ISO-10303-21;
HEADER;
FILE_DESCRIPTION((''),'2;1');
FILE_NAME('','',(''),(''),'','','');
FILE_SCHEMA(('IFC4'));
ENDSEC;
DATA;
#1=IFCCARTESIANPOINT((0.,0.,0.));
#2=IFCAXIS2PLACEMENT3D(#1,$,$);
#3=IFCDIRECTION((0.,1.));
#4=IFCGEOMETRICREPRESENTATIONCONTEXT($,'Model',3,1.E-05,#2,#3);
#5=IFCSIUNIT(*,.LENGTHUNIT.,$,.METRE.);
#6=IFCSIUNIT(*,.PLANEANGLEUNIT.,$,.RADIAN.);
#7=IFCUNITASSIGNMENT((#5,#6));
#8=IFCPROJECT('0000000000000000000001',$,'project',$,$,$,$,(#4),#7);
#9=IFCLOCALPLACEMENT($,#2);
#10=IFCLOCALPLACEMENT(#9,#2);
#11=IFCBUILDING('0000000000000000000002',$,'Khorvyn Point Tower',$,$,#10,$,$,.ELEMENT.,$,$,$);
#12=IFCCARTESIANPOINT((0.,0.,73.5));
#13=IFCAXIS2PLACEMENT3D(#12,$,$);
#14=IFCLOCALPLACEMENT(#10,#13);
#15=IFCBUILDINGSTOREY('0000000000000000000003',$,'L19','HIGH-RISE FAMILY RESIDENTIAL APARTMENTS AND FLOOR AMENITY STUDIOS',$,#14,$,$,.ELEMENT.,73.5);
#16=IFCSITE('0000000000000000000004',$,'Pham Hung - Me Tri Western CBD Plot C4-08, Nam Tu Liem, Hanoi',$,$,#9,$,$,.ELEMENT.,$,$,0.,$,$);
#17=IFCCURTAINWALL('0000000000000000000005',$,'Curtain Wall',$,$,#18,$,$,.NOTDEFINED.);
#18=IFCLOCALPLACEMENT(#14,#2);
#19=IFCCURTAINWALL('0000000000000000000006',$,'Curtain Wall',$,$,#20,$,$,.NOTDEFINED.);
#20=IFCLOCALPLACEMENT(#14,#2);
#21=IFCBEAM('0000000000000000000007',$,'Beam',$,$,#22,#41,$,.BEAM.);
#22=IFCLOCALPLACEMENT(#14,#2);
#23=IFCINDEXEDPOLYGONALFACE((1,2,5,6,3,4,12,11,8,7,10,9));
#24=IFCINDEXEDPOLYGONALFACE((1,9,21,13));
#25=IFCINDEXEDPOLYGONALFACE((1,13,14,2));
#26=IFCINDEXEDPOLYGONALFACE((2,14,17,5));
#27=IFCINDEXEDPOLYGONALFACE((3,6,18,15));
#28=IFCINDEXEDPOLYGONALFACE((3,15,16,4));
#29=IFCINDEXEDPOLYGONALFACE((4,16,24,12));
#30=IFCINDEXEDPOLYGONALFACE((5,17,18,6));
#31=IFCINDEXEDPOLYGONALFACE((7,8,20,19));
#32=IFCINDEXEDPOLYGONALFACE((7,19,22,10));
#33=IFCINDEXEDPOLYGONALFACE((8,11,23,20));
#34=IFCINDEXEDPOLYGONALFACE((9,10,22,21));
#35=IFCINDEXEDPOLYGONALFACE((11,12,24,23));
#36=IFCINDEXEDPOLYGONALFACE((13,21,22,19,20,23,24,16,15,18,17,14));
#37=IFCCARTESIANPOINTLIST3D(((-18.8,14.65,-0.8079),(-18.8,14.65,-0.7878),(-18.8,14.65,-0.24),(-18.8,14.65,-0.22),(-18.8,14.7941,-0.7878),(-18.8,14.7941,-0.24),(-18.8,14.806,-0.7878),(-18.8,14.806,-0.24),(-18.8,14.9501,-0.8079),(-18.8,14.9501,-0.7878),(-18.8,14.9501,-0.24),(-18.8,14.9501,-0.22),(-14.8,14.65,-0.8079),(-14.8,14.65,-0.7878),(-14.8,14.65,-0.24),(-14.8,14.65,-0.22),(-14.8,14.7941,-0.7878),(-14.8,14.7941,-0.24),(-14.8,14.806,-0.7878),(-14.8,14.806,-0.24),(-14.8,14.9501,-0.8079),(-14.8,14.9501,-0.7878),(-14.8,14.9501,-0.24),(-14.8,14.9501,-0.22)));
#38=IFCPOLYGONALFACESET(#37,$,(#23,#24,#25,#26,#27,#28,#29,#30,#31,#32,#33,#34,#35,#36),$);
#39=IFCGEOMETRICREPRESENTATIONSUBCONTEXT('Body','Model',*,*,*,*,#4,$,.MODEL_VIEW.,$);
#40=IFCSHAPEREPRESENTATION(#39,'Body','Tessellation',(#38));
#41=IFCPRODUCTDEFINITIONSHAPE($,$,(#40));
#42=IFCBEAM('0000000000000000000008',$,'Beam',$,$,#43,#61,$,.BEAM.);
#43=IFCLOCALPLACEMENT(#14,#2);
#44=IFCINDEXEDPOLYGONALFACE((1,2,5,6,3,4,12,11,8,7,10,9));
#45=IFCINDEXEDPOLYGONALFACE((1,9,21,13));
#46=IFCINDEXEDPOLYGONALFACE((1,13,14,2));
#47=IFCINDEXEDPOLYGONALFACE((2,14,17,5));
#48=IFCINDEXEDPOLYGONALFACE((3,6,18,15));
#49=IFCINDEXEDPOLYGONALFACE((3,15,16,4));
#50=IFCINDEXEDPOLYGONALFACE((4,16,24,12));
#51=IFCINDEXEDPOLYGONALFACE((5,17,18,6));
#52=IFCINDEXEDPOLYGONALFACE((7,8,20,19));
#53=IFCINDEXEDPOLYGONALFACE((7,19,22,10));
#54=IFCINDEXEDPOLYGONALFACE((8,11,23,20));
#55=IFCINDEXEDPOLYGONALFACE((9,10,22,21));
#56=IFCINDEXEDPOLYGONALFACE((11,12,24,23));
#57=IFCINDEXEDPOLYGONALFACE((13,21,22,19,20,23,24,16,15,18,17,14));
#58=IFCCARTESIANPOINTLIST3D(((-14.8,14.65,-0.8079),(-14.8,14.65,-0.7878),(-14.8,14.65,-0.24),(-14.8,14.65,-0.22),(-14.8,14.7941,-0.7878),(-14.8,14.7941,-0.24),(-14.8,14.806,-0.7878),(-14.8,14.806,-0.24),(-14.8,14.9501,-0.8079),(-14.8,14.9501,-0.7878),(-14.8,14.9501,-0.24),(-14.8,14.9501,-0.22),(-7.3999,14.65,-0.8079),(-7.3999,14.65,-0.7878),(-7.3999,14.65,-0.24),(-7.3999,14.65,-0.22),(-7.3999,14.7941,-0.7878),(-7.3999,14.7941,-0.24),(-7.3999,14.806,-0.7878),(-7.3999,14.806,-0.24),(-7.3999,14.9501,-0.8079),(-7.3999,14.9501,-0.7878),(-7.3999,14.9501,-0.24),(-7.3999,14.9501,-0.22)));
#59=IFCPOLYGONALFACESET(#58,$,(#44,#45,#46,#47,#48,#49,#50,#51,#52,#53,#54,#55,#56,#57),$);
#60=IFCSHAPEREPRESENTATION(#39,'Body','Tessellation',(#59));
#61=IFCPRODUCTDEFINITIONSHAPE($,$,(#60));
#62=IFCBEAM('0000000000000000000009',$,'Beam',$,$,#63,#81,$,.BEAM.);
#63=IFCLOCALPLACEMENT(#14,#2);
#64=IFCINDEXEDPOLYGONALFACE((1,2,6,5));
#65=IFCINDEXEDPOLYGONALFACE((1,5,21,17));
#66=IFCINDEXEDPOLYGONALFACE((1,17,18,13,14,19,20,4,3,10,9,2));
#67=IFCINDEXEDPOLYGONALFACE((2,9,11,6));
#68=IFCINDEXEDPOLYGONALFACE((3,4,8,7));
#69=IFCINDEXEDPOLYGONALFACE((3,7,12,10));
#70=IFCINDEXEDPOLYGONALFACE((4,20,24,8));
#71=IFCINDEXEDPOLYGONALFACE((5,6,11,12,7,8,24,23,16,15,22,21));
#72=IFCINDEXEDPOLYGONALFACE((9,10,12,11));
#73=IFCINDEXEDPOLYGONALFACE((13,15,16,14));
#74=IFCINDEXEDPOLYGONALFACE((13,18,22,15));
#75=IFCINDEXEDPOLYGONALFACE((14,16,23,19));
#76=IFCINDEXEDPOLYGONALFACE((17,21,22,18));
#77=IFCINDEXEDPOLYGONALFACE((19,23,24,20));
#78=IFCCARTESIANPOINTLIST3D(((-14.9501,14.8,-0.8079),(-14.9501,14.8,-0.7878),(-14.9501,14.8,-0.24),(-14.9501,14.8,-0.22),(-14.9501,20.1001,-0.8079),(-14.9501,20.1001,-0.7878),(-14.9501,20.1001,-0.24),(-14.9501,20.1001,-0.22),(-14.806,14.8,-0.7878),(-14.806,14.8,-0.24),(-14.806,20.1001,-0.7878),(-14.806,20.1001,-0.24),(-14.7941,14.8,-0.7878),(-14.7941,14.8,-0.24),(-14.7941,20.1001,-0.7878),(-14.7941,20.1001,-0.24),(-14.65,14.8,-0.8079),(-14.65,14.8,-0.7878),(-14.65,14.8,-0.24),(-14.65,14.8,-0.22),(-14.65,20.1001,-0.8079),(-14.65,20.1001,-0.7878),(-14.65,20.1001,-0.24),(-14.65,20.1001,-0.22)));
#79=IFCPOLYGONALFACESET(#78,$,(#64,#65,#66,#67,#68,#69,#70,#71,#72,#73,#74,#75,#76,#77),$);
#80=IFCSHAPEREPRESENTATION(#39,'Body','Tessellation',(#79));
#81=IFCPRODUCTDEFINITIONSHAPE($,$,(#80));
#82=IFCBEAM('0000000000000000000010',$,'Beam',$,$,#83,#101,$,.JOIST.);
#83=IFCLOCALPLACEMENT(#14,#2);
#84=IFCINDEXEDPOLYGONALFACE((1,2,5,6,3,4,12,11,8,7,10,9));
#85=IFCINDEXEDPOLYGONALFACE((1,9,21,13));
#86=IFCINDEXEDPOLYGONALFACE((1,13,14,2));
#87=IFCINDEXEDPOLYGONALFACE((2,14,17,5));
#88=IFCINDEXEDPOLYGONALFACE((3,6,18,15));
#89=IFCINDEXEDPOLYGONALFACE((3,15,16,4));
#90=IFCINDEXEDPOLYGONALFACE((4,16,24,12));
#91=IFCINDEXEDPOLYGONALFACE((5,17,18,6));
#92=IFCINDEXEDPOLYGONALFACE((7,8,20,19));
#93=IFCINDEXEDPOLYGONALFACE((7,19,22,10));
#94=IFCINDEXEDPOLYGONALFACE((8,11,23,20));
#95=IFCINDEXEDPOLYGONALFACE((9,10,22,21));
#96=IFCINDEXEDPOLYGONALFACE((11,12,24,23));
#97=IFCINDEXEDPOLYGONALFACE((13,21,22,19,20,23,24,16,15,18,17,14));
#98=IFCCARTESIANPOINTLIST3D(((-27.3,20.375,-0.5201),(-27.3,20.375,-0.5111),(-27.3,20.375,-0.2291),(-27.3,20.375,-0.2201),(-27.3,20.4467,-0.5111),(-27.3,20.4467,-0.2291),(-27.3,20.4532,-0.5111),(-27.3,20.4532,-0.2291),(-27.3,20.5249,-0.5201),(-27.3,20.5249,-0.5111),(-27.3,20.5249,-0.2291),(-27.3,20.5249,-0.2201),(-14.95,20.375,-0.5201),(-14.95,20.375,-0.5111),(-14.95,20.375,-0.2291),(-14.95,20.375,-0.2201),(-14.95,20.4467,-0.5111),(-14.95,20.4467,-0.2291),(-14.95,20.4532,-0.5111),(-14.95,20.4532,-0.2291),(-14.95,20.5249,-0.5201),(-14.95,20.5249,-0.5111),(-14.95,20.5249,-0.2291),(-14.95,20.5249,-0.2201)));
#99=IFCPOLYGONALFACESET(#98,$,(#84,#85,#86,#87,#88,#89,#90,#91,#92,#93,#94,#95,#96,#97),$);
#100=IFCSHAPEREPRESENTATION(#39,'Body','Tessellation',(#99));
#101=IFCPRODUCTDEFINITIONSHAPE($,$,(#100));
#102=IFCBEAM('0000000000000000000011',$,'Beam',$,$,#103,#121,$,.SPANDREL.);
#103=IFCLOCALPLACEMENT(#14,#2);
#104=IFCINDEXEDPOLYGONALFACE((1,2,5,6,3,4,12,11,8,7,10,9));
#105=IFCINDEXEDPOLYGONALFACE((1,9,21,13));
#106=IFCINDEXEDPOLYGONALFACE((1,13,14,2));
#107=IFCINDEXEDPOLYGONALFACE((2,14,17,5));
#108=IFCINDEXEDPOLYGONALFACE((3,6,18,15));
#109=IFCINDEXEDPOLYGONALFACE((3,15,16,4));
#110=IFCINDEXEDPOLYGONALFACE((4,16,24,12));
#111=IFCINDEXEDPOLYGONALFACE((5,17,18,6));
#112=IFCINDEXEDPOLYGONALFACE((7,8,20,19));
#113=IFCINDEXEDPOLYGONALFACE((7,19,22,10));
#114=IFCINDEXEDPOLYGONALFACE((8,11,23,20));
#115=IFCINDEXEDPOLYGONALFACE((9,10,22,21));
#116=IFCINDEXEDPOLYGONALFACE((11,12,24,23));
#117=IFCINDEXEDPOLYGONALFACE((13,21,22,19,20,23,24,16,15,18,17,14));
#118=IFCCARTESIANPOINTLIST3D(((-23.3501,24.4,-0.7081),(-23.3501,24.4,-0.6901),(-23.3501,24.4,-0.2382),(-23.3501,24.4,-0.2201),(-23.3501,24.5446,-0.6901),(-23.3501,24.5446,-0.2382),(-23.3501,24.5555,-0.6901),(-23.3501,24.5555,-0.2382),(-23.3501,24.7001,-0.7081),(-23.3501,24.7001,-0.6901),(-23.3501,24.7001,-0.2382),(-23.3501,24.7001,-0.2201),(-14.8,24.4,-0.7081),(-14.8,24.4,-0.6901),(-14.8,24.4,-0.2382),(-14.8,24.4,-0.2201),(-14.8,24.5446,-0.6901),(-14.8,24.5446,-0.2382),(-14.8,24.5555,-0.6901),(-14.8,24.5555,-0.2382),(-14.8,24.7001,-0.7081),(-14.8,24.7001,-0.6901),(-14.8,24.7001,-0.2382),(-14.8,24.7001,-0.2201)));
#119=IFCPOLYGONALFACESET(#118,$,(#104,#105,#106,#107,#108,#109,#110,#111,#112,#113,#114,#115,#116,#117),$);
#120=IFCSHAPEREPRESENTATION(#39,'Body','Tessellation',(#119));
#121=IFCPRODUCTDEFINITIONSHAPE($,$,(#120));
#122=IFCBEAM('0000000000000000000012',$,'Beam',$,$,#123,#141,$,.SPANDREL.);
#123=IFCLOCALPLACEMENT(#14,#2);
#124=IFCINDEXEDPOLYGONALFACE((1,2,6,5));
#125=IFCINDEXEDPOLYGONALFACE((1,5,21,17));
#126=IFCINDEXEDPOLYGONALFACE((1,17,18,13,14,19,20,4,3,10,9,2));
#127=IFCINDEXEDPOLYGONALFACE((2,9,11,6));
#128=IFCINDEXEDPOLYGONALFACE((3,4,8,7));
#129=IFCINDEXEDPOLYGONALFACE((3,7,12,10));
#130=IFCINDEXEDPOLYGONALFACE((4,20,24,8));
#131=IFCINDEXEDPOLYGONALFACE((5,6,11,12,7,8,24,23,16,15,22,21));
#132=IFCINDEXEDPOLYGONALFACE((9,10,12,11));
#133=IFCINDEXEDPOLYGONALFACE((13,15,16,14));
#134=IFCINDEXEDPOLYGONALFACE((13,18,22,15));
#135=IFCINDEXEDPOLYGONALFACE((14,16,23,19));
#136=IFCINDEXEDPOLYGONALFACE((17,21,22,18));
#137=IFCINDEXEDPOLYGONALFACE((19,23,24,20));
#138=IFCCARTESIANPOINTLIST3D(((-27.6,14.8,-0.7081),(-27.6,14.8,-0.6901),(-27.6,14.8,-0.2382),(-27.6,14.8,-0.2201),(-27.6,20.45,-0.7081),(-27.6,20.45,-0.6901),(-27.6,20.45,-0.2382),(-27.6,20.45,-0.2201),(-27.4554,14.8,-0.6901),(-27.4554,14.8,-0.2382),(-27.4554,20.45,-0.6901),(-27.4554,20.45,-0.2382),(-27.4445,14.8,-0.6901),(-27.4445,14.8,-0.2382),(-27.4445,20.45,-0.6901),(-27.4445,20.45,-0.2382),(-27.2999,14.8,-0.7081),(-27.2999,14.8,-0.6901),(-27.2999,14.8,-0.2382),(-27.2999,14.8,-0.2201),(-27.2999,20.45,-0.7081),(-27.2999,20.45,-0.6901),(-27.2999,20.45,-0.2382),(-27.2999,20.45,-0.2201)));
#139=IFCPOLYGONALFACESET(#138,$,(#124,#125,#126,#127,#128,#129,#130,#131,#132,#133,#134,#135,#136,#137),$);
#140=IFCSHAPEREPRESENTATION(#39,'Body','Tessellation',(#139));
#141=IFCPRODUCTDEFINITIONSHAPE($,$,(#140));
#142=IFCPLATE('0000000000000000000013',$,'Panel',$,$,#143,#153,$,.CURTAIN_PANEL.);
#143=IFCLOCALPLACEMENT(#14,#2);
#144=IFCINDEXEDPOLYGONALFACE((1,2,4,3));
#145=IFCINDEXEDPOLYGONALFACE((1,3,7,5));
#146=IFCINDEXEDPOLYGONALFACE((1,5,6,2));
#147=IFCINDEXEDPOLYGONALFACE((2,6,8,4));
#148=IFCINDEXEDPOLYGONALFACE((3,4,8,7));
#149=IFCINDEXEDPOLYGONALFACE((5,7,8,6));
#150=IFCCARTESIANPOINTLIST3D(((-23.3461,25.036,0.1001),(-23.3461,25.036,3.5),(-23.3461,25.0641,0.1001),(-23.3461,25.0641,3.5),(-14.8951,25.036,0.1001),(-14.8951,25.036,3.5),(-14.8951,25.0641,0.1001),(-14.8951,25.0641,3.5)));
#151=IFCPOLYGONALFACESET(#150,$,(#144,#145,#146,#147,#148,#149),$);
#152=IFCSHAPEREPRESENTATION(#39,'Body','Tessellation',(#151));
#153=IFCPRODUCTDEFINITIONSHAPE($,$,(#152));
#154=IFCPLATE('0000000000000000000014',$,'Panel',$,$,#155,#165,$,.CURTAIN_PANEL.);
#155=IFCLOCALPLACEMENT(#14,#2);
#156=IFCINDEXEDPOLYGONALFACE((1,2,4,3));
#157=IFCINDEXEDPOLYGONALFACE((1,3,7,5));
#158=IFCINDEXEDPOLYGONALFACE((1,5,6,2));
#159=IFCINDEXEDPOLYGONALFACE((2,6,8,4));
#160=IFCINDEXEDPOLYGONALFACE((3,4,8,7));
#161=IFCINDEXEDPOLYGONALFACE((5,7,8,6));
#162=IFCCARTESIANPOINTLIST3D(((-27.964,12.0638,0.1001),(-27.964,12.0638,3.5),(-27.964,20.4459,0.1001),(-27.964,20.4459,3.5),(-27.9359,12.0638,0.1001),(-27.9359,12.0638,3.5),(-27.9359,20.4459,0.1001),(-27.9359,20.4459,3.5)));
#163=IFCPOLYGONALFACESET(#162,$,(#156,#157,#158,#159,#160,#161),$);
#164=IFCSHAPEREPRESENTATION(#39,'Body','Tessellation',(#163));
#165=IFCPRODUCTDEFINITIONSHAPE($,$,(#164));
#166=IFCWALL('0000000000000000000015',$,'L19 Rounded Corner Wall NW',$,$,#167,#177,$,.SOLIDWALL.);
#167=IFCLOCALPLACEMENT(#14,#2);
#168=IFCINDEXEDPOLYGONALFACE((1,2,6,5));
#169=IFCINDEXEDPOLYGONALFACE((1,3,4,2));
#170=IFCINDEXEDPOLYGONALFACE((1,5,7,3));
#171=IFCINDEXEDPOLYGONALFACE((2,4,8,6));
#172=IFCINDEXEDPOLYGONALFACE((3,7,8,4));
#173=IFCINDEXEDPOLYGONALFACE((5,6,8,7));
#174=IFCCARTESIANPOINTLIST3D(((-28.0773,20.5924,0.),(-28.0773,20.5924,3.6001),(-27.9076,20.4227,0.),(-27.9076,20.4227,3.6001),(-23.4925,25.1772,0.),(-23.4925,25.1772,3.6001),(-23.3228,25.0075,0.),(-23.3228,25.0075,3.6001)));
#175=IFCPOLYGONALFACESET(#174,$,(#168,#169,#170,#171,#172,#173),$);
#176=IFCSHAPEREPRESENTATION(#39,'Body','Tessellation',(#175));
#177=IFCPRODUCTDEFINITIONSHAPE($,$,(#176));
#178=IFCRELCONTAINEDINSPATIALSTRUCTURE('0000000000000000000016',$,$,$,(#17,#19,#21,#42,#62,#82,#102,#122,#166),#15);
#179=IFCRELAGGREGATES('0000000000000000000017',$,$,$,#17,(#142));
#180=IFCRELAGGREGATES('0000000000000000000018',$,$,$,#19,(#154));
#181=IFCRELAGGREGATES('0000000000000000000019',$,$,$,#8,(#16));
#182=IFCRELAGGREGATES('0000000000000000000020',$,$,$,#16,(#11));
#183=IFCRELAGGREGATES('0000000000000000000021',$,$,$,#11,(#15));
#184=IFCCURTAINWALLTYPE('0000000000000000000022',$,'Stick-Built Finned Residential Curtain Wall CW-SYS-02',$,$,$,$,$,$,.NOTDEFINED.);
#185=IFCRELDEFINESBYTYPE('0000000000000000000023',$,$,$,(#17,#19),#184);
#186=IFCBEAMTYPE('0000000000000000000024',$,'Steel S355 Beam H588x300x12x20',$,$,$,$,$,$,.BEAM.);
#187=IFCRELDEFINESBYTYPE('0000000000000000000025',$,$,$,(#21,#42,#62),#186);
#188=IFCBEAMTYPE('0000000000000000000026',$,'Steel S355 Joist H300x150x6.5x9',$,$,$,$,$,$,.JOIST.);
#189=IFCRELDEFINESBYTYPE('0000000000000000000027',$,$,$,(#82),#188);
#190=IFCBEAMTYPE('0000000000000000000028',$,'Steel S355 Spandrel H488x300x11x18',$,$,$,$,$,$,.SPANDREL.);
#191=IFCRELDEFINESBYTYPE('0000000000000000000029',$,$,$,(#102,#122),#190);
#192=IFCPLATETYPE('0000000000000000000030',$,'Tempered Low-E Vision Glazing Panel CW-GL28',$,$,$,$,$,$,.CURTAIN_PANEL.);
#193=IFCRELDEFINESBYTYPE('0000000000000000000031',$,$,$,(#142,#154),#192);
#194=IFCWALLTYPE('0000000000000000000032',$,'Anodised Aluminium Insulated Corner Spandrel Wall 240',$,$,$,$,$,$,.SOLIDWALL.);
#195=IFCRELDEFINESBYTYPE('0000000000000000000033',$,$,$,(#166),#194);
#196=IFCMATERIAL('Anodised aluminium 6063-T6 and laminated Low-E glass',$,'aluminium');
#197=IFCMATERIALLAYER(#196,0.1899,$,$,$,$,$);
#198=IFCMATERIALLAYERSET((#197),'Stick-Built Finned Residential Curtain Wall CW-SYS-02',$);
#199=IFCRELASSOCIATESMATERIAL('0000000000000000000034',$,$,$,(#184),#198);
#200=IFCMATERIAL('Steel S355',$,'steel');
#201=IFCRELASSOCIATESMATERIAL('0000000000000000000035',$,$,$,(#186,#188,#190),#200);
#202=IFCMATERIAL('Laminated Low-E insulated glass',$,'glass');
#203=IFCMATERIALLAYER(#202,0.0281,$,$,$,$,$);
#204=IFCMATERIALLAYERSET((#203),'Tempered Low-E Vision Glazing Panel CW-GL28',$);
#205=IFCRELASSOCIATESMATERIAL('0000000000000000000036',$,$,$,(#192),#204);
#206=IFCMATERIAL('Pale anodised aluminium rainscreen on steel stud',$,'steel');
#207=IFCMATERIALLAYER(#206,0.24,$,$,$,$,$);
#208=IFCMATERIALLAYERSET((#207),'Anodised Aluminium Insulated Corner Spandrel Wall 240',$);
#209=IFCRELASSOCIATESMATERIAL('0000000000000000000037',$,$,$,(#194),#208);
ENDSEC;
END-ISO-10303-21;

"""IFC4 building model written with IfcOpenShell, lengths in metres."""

from ifc_helpers import new_model, si_unit, direction, frame, frame_2d, origin, origin_2d, place, context, subcontext, project, spatial, rectangle, i_section, extrude, material, layer, layer_set, material_profile, profile_set, type_object, element, aggregate, save


model = new_model("IFC4")

# Units and contexts
model_context = context("Model", 3, precision=1e-05, world=origin(), true_north=direction((0.0, 1.0)))
body_context = subcontext(model_context, "Body", "Model", "MODEL_VIEW")
ifc_project = project(units=[si_unit("LENGTHUNIT", "METRE"), si_unit("PLANEANGLEUNIT", "RADIAN")], contexts=[model_context])

# Site, building, storey
site_placement = place(None, origin())
site = spatial("IfcSite", under=ifc_project, at=site_placement, Name="Pham Hung - Me Tri Western CBD Plot C4-08, Nam Tu Liem, Hanoi", CompositionType="ELEMENT", RefElevation=0.0)
building_placement = place(site_placement, origin())
building = spatial("IfcBuilding", under=site, at=building_placement, Name="Khorvyn Point Tower", CompositionType="ELEMENT")
storey_placement = place(building_placement, frame((0.0, 0.0, 73.5)))
storey = spatial("IfcBuildingStorey", under=building, at=storey_placement, Name="L19", Description="HIGH-RISE FAMILY RESIDENTIAL APARTMENTS AND FLOOR AMENITY STUDIOS", CompositionType="ELEMENT", Elevation=73.5)

# Curtain walls
ifc_material_1 = material(Name="Anodised aluminium 6063-T6 and laminated Low-E glass", Category="aluminium")
ifc_layer_1 = layer(ifc_material_1, 0.1899)
ifc_layer_set_1 = layer_set([ifc_layer_1], Name="Stick-Built Finned Residential Curtain Wall CW-SYS-02")
curtain_wall_type = type_object("IfcCurtainWallType", Name="Stick-Built Finned Residential Curtain Wall CW-SYS-02", PredefinedType="NOTDEFINED", material=ifc_layer_set_1)
curtain_wall_1_placement = place(storey_placement, origin())
curtain_wall_1 = element("IfcCurtainWall", 1, at=curtain_wall_1_placement, inside=storey, type_object=curtain_wall_type, Name="Curtain Wall", PredefinedType="NOTDEFINED")
curtain_wall_2_placement = place(storey_placement, origin())
curtain_wall_2 = element("IfcCurtainWall", 2, at=curtain_wall_2_placement, inside=storey, type_object=curtain_wall_type, Name="Curtain Wall", PredefinedType="NOTDEFINED")

# Beams
ifc_material_2 = material(Name="Steel S355", Category="steel")
ifc_material_profile_1 = material_profile(ifc_material_2, i_section(OverallWidth=0.3, OverallDepth=0.5879, WebThickness=0.012, FlangeThickness=0.02, at=origin_2d()))
ifc_profile_set_1 = profile_set([ifc_material_profile_1], Name="Steel S355 H588x300x12x20")
beam_type_1 = type_object("IfcBeamType", Name="Steel S355 Beam H588x300x12x20", PredefinedType="BEAM", material=ifc_profile_set_1)
beam_1_placement = place(storey_placement, frame((-18.8, 14.8, -0.5139), z_axis=(1.0, 0.0, 0.0), x_axis=(0.0, 1.0, 0.0)))
element("IfcBeam", 3, at=beam_1_placement, inside=storey, type_object=beam_type_1, Name="Beam", PredefinedType="BEAM", context=body_context, shape_type="SweptSolid", body=[
    extrude(i_section(OverallWidth=0.3, OverallDepth=0.5879, WebThickness=0.012, FlangeThickness=0.02, at=origin_2d()), origin(), (0.0, 0.0, 1.0), 4.0),
])
beam_2_placement = place(storey_placement, frame((-14.8, 14.8, -0.5139), z_axis=(1.0, 0.0, 0.0), x_axis=(0.0, 1.0, 0.0)))
element("IfcBeam", 4, at=beam_2_placement, inside=storey, type_object=beam_type_1, Name="Beam", PredefinedType="BEAM", context=body_context, shape_type="SweptSolid", body=[
    extrude(i_section(OverallWidth=0.3, OverallDepth=0.5879, WebThickness=0.012, FlangeThickness=0.02, at=origin_2d()), origin(), (0.0, 0.0, 1.0), 7.4001),
])
beam_3_placement = place(storey_placement, frame((-14.8, 14.8, -0.5139), z_axis=(0.0, 1.0, 0.0), x_axis=(-1.0, 0.0, 0.0)))
element("IfcBeam", 5, at=beam_3_placement, inside=storey, type_object=beam_type_1, Name="Beam", PredefinedType="BEAM", context=body_context, shape_type="SweptSolid", body=[
    extrude(i_section(OverallWidth=0.3, OverallDepth=0.5879, WebThickness=0.012, FlangeThickness=0.02, at=origin_2d()), origin(), (0.0, 0.0, 1.0), 5.3),
])
ifc_material_profile_2 = material_profile(ifc_material_2, i_section(OverallWidth=0.1499, OverallDepth=0.3, WebThickness=0.0066, FlangeThickness=0.009, at=origin_2d()))
ifc_profile_set_2 = profile_set([ifc_material_profile_2], Name="Steel S355 H300x150x6.5x9")
beam_type_2 = type_object("IfcBeamType", Name="Steel S355 Joist H300x150x6.5x9", PredefinedType="JOIST", material=ifc_profile_set_2)
beam_4_placement = place(storey_placement, frame((-27.3, 20.45, -0.3701), z_axis=(1.0, 0.0, 0.0), x_axis=(0.0, 1.0, 0.0)))
element("IfcBeam", 6, at=beam_4_placement, inside=storey, type_object=beam_type_2, Name="Beam", PredefinedType="JOIST", context=body_context, shape_type="SweptSolid", body=[
    extrude(i_section(OverallWidth=0.1499, OverallDepth=0.3, WebThickness=0.0066, FlangeThickness=0.009, at=origin_2d()), origin(), (0.0, 0.0, 1.0), 12.3501),
])
ifc_material_profile_3 = material_profile(ifc_material_2, i_section(OverallWidth=0.3, OverallDepth=0.488, WebThickness=0.011, FlangeThickness=0.0181, at=origin_2d()))
ifc_profile_set_3 = profile_set([ifc_material_profile_3], Name="Steel S355 H488x300x11x18")
beam_type_3 = type_object("IfcBeamType", Name="Steel S355 Spandrel H488x300x11x18", PredefinedType="SPANDREL", material=ifc_profile_set_3)
beam_5_placement = place(storey_placement, frame((-23.3501, 24.55, -0.4641), z_axis=(1.0, 0.0, 0.0), x_axis=(0.0, 1.0, 0.0)))
element("IfcBeam", 7, at=beam_5_placement, inside=storey, type_object=beam_type_3, Name="Beam", PredefinedType="SPANDREL", context=body_context, shape_type="SweptSolid", body=[
    extrude(i_section(OverallWidth=0.3, OverallDepth=0.488, WebThickness=0.011, FlangeThickness=0.0181, at=origin_2d()), origin(), (0.0, 0.0, 1.0), 8.55),
])
beam_6_placement = place(storey_placement, frame((-27.45, 14.8, -0.4641), z_axis=(0.0, 1.0, 0.0), x_axis=(-1.0, 0.0, 0.0)))
element("IfcBeam", 8, at=beam_6_placement, inside=storey, type_object=beam_type_3, Name="Beam", PredefinedType="SPANDREL", context=body_context, shape_type="SweptSolid", body=[
    extrude(i_section(OverallWidth=0.3, OverallDepth=0.488, WebThickness=0.011, FlangeThickness=0.0181, at=origin_2d()), origin(), (0.0, 0.0, 1.0), 5.6499),
])

# Plates
ifc_material_3 = material(Name="Laminated Low-E insulated glass", Category="glass")
ifc_layer_2 = layer(ifc_material_3, 0.0281)
ifc_layer_set_2 = layer_set([ifc_layer_2], Name="Tempered Low-E Vision Glazing Panel CW-GL28")
plate_type = type_object("IfcPlateType", Name="Tempered Low-E Vision Glazing Panel CW-GL28", PredefinedType="CURTAIN_PANEL", material=ifc_layer_set_2)
plate_1_placement = place(storey_placement, frame((-19.1206, 25.05, 0.1001), z_axis=(0.0, 0.0, 1.0), x_axis=(1.0, 0.0, 0.0)))
plate_1 = element("IfcPlate", 9, at=plate_1_placement, type_object=plate_type, Name="Panel", PredefinedType="CURTAIN_PANEL", context=body_context, shape_type="SweptSolid", body=[
    extrude(rectangle(XDim=8.4509, YDim=0.0281, at=origin_2d()), origin(), (0.0, 0.0, 1.0), 3.3999),
])
aggregate(curtain_wall_1, [plate_1])
plate_2_placement = place(storey_placement, frame((-27.95, 16.2549, 0.1001), z_axis=(0.0, 0.0, 1.0), x_axis=(0.0, 1.0, 0.0)))
plate_2 = element("IfcPlate", 10, at=plate_2_placement, type_object=plate_type, Name="Panel", PredefinedType="CURTAIN_PANEL", context=body_context, shape_type="SweptSolid", body=[
    extrude(rectangle(XDim=8.3821, YDim=0.0281, at=origin_2d()), origin(), (0.0, 0.0, 1.0), 3.3999),
])
aggregate(curtain_wall_2, [plate_2])

# Wall
ifc_material_4 = material(Name="Pale anodised aluminium rainscreen on steel stud", Category="steel")
ifc_layer_3 = layer(ifc_material_4, 0.24)
ifc_layer_set_3 = layer_set([ifc_layer_3], Name="Anodised Aluminium Insulated Corner Spandrel Wall 240")
wall_type_1 = type_object("IfcWallType", Name="Anodised Aluminium Insulated Corner Spandrel Wall 240", PredefinedType="SOLIDWALL", material=ifc_layer_set_3)
wall_1_placement = place(storey_placement, frame((-27.9924, 20.5076, 0.0), z_axis=(0.0, 0.0, 1.0), x_axis=(0.707107, 0.707107, 0.0)))
element("IfcWall", 11, at=wall_1_placement, inside=storey, type_object=wall_type_1, Name="L19 Rounded Corner Wall NW", PredefinedType="SOLIDWALL", context=body_context, shape_type="SweptSolid", body=[
    extrude(rectangle(XDim=6.4839, YDim=0.24, at=frame_2d((3.2419, 0.0))), origin(), (0.0, 0.0, 1.0), 3.6001),
])

save(model, "model.ifc")
